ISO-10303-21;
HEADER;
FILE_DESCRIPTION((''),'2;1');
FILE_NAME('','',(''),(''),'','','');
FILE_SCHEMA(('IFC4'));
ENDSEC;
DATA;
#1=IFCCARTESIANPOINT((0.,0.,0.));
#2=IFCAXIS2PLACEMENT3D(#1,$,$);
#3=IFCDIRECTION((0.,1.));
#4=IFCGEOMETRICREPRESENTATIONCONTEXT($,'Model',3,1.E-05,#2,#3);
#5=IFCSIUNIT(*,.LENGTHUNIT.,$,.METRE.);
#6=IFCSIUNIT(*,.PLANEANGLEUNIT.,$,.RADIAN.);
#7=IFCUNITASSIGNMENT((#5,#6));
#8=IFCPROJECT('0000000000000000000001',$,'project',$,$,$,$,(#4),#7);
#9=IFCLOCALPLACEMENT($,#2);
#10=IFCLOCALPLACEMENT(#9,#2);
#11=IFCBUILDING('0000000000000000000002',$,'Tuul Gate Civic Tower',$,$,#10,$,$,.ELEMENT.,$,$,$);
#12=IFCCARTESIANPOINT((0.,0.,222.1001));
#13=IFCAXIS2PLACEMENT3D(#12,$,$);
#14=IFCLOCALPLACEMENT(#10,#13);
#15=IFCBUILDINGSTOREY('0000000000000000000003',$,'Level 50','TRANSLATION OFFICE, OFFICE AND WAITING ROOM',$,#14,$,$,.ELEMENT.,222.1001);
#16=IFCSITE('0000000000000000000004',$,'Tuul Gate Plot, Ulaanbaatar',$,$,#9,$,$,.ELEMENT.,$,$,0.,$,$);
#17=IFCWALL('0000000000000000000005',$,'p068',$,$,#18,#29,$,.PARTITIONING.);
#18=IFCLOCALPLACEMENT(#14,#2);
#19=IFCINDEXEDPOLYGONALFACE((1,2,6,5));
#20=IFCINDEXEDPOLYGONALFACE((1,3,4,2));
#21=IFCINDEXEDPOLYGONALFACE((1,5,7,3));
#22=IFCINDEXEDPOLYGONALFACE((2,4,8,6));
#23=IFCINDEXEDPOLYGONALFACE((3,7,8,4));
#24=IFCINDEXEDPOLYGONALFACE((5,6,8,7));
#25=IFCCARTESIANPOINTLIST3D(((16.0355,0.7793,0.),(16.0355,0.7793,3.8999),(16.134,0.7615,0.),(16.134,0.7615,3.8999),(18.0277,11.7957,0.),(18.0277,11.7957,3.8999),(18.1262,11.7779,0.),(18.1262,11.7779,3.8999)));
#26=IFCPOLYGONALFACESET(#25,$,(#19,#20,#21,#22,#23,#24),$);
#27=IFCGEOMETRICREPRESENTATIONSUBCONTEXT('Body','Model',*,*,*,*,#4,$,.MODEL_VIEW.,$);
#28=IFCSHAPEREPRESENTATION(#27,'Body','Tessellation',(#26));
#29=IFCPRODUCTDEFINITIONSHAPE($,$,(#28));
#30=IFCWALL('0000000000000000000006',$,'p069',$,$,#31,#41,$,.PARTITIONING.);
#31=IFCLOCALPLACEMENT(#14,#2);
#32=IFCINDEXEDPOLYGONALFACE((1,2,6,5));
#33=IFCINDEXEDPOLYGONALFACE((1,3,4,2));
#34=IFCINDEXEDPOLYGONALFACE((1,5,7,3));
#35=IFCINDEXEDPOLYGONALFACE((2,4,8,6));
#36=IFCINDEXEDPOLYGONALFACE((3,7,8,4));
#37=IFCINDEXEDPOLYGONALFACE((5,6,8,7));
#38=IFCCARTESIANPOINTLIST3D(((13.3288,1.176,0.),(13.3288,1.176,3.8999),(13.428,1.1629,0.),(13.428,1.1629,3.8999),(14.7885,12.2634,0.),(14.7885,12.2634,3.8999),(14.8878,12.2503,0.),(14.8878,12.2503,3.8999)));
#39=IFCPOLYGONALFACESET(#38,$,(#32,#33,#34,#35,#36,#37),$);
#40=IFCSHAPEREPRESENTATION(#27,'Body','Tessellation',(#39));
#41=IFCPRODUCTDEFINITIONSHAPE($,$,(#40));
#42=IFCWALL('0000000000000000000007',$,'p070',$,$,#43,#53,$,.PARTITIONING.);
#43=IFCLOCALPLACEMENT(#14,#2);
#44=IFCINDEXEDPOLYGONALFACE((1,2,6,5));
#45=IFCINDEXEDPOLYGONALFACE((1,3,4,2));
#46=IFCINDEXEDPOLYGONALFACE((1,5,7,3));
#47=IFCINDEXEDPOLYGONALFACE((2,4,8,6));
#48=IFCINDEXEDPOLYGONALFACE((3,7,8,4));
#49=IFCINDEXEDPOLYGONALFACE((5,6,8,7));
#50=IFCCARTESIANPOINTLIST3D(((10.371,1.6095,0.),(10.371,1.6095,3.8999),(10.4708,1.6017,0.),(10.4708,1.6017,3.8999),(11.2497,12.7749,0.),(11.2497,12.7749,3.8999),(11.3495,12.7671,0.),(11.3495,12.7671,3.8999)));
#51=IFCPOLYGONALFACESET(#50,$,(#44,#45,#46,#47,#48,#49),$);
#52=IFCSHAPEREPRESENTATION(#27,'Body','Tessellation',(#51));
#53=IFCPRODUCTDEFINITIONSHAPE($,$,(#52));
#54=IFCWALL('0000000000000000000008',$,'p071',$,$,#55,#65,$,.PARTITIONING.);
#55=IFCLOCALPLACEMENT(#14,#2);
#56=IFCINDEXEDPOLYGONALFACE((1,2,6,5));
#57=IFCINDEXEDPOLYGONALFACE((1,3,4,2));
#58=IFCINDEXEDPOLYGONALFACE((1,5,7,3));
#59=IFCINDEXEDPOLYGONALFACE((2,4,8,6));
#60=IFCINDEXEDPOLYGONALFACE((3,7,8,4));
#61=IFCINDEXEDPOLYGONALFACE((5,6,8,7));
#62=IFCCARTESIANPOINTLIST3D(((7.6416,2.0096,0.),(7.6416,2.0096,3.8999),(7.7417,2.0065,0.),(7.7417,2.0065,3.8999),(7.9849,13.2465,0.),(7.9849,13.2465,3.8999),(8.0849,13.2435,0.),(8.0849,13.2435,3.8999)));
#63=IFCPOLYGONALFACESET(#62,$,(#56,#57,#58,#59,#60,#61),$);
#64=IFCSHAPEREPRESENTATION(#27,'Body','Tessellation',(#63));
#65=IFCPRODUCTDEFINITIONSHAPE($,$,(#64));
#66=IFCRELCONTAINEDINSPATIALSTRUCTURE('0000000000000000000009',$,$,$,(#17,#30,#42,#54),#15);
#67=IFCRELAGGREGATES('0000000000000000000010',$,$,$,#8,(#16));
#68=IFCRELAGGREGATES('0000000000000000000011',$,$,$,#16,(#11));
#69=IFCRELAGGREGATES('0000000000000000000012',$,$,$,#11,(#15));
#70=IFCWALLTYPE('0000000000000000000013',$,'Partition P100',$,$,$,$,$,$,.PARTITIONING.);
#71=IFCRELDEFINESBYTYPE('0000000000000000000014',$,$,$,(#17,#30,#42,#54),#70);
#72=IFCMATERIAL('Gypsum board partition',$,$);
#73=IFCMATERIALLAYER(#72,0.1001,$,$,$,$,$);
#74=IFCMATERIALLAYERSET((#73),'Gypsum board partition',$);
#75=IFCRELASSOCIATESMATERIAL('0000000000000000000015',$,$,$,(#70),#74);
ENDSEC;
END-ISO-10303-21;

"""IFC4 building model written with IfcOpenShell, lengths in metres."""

from ifc_helpers import new_model, si_unit, direction, frame, frame_2d, origin, place, context, subcontext, project, spatial, rectangle, extrude, material, layer, layer_set, type_object, element, save


model = new_model("IFC4")

# Units and contexts
model_context = context("Model", 3, precision=1e-05, world=origin(), true_north=direction((0.0, 1.0)))
body_context = subcontext(model_context, "Body", "Model", "MODEL_VIEW")
ifc_project = project(units=[si_unit("LENGTHUNIT", "METRE"), si_unit("PLANEANGLEUNIT", "RADIAN")], contexts=[model_context])

# Site, building, storey
site_placement = place(None, origin())
site = spatial("IfcSite", under=ifc_project, at=site_placement, Name="Tuul Gate Plot, Ulaanbaatar", CompositionType="ELEMENT", RefElevation=0.0)
building_placement = place(site_placement, origin())
building = spatial("IfcBuilding", under=site, at=building_placement, Name="Tuul Gate Civic Tower", CompositionType="ELEMENT")
storey_placement = place(building_placement, frame((0.0, 0.0, 222.1001)))
storey = spatial("IfcBuildingStorey", under=building, at=storey_placement, Name="Level 50", Description="TRANSLATION OFFICE, OFFICE AND WAITING ROOM", CompositionType="ELEMENT", Elevation=222.1001)

# Walls
ifc_material_1 = material(Name="Gypsum board partition")
ifc_layer_1 = layer(ifc_material_1, 0.1001)
ifc_layer_set_1 = layer_set([ifc_layer_1], Name="Gypsum board partition")
wall_type_1 = type_object("IfcWallType", Name="Partition P100", PredefinedType="PARTITIONING", material=ifc_layer_set_1)
wall_1_placement = place(storey_placement, frame((16.0847, 0.7703, 0.0), z_axis=(0.0, 0.0, 1.0), x_axis=(0.177953, 0.984039, 0.0)))
element("IfcWall", 1, at=wall_1_placement, inside=storey, type_object=wall_type_1, Name="p068", PredefinedType="PARTITIONING", context=body_context, shape_type="SweptSolid", body=[
    extrude(rectangle(XDim=11.1951, YDim=0.1001, at=frame_2d((5.5977, 0.0))), origin(), (0.0, 0.0, 1.0), 3.8999),
])
wall_2_placement = place(storey_placement, frame((13.3784, 1.1694, 0.0), z_axis=(0.0, 0.0, 1.0), x_axis=(0.130529, 0.991444, 0.0)))
element("IfcWall", 2, at=wall_2_placement, inside=storey, type_object=wall_type_1, Name="p069", PredefinedType="PARTITIONING", context=body_context, shape_type="SweptSolid", body=[
    extrude(rectangle(XDim=11.1831, YDim=0.1001, at=frame_2d((5.5916, 0.0))), origin(), (0.0, 0.0, 1.0), 3.8999),
])
wall_3_placement = place(storey_placement, frame((10.4209, 1.6055, 0.0), z_axis=(0.0, 0.0, 1.0), x_axis=(0.078452, 0.996918, 0.0)))
element("IfcWall", 3, at=wall_3_placement, inside=storey, type_object=wall_type_1, Name="p070", PredefinedType="PARTITIONING", context=body_context, shape_type="SweptSolid", body=[
    extrude(rectangle(XDim=11.2, YDim=0.1001, at=frame_2d((5.6001, 0.0))), origin(), (0.0, 0.0, 1.0), 3.8999),
])
wall_4_placement = place(storey_placement, frame((7.6917, 2.0081, 0.0), z_axis=(0.0, 0.0, 1.0), x_axis=(0.030533, 0.999534, 0.0)))
element("IfcWall", 4, at=wall_4_placement, inside=storey, type_object=wall_type_1, Name="p071", PredefinedType="PARTITIONING", context=body_context, shape_type="SweptSolid", body=[
    extrude(rectangle(XDim=11.2422, YDim=0.1001, at=frame_2d((5.6211, 0.0))), origin(), (0.0, 0.0, 1.0), 3.8999),
])

save(model, "model.ifc")
